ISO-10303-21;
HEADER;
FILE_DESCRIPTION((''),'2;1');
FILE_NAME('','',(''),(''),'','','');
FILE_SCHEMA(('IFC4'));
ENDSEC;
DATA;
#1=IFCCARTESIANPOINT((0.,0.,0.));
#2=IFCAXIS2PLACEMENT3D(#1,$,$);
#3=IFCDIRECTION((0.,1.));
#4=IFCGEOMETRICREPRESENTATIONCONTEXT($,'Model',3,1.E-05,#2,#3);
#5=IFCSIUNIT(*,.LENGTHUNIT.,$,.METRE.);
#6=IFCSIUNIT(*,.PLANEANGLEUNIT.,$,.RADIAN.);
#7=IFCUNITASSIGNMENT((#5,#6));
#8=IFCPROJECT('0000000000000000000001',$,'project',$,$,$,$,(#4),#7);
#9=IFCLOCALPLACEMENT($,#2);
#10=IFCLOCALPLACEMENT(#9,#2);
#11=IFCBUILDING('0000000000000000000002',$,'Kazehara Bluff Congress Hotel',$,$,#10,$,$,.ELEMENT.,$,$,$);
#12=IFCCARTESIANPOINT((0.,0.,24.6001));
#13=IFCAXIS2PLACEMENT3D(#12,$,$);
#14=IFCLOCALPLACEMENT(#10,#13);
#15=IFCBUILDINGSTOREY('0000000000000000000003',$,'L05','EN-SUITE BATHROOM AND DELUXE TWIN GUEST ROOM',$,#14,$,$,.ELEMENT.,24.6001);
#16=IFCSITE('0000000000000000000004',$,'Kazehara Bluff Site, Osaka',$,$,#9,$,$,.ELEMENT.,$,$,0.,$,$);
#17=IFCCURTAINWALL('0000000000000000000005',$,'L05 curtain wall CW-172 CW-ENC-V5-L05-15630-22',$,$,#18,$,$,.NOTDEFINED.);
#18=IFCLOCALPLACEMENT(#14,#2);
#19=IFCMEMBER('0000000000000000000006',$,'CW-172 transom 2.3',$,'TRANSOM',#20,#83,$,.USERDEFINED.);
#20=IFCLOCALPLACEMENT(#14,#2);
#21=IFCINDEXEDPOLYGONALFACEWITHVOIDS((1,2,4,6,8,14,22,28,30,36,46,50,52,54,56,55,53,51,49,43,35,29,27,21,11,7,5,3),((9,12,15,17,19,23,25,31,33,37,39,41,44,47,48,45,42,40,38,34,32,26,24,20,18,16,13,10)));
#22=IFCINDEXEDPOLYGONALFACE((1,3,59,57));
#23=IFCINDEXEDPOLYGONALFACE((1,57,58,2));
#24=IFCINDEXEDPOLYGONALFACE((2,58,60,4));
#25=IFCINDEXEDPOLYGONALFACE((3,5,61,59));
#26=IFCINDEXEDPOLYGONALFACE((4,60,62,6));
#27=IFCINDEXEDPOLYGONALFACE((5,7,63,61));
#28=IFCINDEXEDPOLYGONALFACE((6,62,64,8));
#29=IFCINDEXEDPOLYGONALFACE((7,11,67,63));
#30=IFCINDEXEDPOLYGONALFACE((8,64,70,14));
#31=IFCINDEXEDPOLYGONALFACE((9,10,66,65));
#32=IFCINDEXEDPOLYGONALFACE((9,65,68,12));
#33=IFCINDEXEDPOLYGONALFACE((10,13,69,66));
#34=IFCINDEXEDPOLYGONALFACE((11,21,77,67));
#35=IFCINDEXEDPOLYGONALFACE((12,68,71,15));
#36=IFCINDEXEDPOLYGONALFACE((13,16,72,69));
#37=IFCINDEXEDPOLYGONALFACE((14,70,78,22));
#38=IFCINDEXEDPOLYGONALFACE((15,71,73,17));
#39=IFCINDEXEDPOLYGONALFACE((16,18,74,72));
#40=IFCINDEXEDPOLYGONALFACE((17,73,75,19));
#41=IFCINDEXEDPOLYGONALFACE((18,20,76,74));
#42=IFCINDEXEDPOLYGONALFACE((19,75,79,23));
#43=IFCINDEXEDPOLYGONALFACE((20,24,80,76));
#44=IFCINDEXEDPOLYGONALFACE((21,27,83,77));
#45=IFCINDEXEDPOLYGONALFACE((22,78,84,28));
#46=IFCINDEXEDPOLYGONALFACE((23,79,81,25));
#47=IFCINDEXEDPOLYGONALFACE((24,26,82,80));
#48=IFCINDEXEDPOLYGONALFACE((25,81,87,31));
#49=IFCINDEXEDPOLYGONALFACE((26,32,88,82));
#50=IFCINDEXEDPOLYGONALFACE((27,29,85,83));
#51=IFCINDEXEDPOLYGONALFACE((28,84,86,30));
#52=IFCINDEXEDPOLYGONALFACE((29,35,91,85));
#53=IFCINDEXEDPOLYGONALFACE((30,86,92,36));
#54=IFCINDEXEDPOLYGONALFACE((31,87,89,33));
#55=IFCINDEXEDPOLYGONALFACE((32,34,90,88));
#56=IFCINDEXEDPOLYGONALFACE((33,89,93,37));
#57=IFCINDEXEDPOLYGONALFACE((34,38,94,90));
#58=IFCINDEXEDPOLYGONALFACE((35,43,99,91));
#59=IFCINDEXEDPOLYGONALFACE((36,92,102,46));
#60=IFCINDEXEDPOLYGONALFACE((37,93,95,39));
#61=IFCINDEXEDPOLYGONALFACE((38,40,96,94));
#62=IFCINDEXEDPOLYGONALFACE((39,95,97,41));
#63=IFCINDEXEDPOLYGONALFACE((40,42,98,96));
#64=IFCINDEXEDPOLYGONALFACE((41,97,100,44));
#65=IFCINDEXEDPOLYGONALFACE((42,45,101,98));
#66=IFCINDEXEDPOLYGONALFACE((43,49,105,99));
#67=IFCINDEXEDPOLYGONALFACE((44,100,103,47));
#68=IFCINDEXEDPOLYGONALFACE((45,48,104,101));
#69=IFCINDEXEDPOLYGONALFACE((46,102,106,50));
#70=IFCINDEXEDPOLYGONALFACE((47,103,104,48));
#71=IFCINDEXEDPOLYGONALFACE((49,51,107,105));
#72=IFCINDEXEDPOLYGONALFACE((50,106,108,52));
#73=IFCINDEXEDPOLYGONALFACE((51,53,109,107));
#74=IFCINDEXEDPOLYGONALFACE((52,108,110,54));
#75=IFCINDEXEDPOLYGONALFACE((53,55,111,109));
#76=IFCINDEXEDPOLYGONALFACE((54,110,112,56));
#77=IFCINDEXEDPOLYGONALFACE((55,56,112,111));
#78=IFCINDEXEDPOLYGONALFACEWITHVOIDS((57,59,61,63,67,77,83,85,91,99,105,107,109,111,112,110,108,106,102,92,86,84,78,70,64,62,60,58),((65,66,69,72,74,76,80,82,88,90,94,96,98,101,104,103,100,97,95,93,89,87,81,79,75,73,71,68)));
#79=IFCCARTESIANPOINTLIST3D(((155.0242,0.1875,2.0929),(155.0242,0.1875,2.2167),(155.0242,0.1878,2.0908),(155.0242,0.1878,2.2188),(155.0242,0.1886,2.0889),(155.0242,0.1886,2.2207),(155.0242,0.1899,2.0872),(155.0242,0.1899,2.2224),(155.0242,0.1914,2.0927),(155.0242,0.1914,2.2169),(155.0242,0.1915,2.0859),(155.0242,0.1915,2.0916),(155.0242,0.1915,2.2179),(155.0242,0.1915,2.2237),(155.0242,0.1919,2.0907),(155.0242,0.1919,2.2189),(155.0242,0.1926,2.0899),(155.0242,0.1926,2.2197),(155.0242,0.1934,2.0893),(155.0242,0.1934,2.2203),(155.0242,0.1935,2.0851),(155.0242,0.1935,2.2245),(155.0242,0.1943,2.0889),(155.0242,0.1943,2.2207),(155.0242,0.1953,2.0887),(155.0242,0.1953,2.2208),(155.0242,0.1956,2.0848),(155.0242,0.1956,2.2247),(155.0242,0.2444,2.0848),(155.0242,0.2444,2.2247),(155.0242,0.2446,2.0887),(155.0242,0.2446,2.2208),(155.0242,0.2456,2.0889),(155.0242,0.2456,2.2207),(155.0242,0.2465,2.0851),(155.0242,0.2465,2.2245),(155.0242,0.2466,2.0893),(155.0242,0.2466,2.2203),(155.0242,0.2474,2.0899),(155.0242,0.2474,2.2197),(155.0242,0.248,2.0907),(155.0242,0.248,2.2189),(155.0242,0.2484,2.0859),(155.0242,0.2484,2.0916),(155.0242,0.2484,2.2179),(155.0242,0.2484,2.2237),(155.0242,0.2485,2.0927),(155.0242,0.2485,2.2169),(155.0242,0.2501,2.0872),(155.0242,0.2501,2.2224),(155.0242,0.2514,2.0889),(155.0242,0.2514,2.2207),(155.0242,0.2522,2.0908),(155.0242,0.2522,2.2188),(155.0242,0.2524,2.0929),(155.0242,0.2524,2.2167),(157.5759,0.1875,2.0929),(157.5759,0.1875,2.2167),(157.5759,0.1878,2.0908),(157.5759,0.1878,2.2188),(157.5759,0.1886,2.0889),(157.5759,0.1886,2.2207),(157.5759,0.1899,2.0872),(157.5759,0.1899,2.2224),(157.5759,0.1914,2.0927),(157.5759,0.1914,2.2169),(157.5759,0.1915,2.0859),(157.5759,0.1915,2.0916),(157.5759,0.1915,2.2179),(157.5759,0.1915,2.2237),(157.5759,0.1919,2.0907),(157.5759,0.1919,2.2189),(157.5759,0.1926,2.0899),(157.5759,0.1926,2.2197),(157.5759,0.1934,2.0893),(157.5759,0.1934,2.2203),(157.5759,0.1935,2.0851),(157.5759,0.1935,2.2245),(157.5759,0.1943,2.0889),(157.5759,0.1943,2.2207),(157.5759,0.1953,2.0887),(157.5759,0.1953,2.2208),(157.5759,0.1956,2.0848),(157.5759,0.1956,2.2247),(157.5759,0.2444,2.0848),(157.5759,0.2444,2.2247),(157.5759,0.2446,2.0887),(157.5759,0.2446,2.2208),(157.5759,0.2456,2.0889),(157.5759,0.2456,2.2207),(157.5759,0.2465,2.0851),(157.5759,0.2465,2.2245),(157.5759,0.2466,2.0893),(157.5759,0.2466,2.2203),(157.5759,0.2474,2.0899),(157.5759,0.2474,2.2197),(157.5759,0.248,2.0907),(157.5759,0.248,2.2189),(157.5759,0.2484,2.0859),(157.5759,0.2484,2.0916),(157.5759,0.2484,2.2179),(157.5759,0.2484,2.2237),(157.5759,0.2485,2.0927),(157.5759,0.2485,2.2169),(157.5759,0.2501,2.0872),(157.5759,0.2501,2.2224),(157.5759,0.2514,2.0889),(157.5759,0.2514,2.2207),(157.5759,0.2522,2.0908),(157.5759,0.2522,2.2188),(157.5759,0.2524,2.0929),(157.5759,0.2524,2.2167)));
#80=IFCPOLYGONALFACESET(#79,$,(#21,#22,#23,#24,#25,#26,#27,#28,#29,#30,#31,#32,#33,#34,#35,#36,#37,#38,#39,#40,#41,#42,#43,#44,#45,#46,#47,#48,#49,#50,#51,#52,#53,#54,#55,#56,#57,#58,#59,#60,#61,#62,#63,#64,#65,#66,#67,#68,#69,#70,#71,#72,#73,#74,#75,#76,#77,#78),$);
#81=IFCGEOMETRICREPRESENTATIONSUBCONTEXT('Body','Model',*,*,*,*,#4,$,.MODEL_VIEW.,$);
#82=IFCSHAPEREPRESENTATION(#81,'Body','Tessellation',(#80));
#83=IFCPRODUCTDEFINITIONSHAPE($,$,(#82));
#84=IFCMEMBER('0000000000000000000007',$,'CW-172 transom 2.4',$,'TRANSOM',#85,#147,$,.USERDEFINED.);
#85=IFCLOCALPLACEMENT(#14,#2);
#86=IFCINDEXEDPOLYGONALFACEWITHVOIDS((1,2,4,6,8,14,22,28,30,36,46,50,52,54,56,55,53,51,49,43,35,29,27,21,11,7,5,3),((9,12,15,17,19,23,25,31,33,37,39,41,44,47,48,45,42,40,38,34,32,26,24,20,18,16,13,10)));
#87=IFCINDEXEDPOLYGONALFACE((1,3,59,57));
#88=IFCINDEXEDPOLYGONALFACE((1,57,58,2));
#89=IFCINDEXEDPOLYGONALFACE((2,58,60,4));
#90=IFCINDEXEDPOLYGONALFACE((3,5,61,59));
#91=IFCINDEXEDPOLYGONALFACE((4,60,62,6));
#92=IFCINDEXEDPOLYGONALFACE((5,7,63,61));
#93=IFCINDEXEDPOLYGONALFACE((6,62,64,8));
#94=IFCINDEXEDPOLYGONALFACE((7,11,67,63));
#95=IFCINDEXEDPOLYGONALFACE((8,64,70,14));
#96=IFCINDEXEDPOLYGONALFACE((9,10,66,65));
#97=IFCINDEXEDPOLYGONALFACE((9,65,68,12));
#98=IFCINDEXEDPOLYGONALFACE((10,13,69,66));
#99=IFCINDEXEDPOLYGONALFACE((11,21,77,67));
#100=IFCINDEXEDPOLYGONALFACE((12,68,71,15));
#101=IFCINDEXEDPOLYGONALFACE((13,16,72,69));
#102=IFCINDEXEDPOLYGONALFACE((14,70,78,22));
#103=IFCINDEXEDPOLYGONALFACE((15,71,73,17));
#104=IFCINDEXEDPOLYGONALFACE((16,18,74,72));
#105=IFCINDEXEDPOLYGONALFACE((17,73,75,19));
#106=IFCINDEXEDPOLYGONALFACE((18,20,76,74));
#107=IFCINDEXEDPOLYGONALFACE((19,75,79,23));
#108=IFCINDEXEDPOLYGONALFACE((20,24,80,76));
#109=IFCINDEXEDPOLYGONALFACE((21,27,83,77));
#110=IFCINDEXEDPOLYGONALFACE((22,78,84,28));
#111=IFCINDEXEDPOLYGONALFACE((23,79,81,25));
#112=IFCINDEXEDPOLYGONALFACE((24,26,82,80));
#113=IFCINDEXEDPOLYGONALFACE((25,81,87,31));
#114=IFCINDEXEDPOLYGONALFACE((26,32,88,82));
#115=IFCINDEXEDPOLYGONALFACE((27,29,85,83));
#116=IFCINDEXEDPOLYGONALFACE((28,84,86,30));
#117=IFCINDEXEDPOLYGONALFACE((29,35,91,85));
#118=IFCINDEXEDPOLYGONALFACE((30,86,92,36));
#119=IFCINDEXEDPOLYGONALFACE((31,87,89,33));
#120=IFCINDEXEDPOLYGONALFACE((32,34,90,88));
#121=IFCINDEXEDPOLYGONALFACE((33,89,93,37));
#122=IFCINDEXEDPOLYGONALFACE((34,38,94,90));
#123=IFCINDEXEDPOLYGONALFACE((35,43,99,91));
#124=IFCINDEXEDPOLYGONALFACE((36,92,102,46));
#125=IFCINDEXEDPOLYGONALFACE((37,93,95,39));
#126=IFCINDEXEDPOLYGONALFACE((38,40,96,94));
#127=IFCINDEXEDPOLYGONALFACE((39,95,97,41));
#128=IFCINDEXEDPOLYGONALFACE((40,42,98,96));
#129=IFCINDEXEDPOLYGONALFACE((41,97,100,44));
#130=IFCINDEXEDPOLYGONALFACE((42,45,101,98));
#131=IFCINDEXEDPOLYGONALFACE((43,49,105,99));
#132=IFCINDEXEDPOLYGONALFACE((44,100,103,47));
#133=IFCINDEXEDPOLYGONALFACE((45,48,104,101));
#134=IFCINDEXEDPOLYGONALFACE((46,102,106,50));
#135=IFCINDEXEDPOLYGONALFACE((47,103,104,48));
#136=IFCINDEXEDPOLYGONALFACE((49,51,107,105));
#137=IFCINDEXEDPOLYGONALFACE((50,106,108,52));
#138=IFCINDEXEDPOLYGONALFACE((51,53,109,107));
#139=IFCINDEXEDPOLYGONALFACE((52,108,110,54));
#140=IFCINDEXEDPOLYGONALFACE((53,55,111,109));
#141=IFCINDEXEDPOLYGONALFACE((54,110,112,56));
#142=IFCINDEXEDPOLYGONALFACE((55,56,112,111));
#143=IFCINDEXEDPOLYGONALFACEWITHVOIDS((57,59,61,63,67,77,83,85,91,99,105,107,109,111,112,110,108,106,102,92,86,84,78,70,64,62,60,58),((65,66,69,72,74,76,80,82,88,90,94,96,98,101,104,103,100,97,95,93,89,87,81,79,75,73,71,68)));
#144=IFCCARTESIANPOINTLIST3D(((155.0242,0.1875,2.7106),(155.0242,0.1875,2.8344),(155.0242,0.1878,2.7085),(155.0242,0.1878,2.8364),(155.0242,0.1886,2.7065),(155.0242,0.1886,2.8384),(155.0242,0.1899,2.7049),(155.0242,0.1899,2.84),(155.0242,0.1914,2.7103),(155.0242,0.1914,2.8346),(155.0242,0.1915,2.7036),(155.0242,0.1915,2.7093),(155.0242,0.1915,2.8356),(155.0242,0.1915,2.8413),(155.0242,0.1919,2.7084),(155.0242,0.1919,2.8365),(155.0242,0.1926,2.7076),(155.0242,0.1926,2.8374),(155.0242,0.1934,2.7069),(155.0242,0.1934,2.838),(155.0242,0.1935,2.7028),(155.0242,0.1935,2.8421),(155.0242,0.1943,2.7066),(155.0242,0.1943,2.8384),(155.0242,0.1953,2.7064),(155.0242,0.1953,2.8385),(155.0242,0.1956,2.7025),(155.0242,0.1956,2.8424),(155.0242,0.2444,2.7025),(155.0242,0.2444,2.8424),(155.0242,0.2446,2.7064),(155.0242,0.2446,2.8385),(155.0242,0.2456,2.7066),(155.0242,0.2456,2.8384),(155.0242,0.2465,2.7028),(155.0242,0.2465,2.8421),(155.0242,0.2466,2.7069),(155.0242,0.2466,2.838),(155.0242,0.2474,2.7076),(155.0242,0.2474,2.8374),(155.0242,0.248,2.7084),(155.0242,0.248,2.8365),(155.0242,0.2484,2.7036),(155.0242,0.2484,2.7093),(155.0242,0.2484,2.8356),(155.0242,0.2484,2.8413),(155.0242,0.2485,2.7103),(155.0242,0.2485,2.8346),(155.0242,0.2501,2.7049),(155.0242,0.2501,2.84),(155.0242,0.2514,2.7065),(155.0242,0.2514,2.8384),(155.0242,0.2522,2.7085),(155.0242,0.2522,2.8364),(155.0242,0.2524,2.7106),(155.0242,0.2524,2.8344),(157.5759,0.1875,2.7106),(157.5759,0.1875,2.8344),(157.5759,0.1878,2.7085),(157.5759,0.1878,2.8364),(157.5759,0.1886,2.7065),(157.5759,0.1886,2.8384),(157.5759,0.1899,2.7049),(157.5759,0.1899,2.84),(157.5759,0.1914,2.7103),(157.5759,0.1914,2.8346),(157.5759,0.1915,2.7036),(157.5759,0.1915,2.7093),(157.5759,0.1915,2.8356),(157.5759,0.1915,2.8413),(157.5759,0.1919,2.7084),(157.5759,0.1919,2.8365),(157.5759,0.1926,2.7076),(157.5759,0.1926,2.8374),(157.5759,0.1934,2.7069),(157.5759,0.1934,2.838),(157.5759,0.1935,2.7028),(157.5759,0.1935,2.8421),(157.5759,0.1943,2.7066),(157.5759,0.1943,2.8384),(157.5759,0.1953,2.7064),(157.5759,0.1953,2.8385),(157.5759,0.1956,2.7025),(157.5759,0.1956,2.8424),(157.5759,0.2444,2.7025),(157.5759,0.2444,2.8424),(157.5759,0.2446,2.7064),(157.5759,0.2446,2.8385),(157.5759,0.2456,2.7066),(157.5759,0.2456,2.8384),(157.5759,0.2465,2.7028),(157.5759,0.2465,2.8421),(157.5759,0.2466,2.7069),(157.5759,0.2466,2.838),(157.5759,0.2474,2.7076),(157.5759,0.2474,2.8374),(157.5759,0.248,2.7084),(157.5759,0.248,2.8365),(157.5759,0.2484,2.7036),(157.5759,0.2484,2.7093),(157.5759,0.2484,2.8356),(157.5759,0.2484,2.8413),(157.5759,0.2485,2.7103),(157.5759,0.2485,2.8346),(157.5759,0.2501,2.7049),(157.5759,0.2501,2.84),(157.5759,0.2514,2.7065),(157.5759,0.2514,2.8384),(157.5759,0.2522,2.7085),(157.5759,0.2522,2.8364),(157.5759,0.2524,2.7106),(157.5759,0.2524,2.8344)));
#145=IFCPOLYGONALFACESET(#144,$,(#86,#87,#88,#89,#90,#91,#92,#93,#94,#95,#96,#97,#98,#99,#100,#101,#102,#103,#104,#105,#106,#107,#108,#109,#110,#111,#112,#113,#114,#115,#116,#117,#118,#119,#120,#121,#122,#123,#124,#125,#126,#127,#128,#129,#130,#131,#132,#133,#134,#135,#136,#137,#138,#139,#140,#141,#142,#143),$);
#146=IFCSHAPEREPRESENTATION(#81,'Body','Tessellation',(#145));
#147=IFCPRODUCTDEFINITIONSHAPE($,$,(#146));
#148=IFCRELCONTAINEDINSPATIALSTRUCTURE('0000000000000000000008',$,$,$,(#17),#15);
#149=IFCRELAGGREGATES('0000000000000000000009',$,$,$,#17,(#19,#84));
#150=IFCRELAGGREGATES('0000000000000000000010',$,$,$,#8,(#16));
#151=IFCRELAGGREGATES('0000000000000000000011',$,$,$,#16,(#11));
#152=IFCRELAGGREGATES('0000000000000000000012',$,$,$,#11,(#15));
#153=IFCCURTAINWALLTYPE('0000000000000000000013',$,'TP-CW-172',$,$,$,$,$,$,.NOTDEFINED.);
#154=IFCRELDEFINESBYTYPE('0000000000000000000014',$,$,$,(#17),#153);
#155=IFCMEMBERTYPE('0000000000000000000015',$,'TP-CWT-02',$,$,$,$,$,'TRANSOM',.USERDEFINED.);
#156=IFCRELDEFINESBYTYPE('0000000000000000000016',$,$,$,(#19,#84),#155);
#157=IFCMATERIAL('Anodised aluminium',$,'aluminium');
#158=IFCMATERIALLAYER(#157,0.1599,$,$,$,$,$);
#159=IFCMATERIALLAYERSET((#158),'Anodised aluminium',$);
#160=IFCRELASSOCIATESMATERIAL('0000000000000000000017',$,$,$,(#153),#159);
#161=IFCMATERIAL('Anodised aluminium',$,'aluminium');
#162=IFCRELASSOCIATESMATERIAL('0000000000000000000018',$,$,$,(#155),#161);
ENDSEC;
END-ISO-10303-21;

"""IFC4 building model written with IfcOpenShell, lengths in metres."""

from ifc_helpers import new_model, si_unit, direction, frame, origin, origin_2d, place, context, subcontext, project, spatial, hollow_rectangle, extrude, material, layer, layer_set, material_profile, profile_set, type_object, element, aggregate, save


model = new_model("IFC4")

# Units and contexts
model_context = context("Model", 3, precision=1e-05, world=origin(), true_north=direction((0.0, 1.0)))
body_context = subcontext(model_context, "Body", "Model", "MODEL_VIEW")
ifc_project = project(units=[si_unit("LENGTHUNIT", "METRE"), si_unit("PLANEANGLEUNIT", "RADIAN")], contexts=[model_context])

# Site, building, storey
site_placement = place(None, origin())
site = spatial("IfcSite", under=ifc_project, at=site_placement, Name="Kazehara Bluff Site, Osaka", CompositionType="ELEMENT", RefElevation=0.0)
building_placement = place(site_placement, origin())
building = spatial("IfcBuilding", under=site, at=building_placement, Name="Kazehara Bluff Congress Hotel", CompositionType="ELEMENT")
storey_placement = place(building_placement, frame((0.0, 0.0, 24.6001)))
storey = spatial("IfcBuildingStorey", under=building, at=storey_placement, Name="L05", Description="EN-SUITE BATHROOM AND DELUXE TWIN GUEST ROOM", CompositionType="ELEMENT", Elevation=24.6001)

# Curtain wall, members
ifc_material_1 = material(Name="Anodised aluminium", Category="aluminium")
ifc_layer_1 = layer(ifc_material_1, 0.1599)
ifc_layer_set_1 = layer_set([ifc_layer_1], Name="Anodised aluminium")
curtain_wall_type = type_object("IfcCurtainWallType", Name="TP-CW-172", PredefinedType="NOTDEFINED", material=ifc_layer_set_1)
curtain_wall_placement = place(storey_placement, origin())
curtain_wall = element("IfcCurtainWall", 1, at=curtain_wall_placement, inside=storey, type_object=curtain_wall_type, Name="L05 curtain wall CW-172 CW-ENC-V5-L05-15630-22", PredefinedType="NOTDEFINED")
ifc_material_2 = material(Name="Anodised aluminium", Category="aluminium")
ifc_material_profile_1 = material_profile(ifc_material_2, hollow_rectangle(XDim=0.0649, YDim=0.1399, WallThickness=0.0039, InnerFilletRadius=0.0039, OuterFilletRadius=0.0081, at=origin_2d()))
ifc_profile_set_1 = profile_set([ifc_material_profile_1], Name="Anodised aluminium")
member_type_1 = type_object("IfcMemberType", Name="TP-CWT-02", ElementType="TRANSOM", PredefinedType="USERDEFINED", material=ifc_profile_set_1)
member_1_placement = place(storey_placement, frame((157.5759, 0.22, 2.1548), z_axis=(-1.0, 0.0, 0.0), x_axis=(0.0, -1.0, 0.0)))
member_1 = element("IfcMember", 2, at=member_1_placement, type_object=member_type_1, Name="CW-172 transom 2.3", ObjectType="TRANSOM", PredefinedType="USERDEFINED", context=body_context, shape_type="SweptSolid", body=[
    extrude(hollow_rectangle(XDim=0.0649, YDim=0.1399, WallThickness=0.0039, InnerFilletRadius=0.0039, OuterFilletRadius=0.0081, at=origin_2d()), origin(), (0.0, 0.0, 1.0), 2.5518),
])
member_2_placement = place(storey_placement, frame((157.5759, 0.22, 2.7725), z_axis=(-1.0, 0.0, 0.0), x_axis=(0.0, -1.0, 0.0)))
member_2 = element("IfcMember", 3, at=member_2_placement, type_object=member_type_1, Name="CW-172 transom 2.4", ObjectType="TRANSOM", PredefinedType="USERDEFINED", context=body_context, shape_type="SweptSolid", body=[
    extrude(hollow_rectangle(XDim=0.0649, YDim=0.1399, WallThickness=0.0039, InnerFilletRadius=0.0039, OuterFilletRadius=0.0081, at=origin_2d()), origin(), (0.0, 0.0, 1.0), 2.5518),
])
aggregate(curtain_wall, [member_1, member_2])

save(model, "model.ifc")
